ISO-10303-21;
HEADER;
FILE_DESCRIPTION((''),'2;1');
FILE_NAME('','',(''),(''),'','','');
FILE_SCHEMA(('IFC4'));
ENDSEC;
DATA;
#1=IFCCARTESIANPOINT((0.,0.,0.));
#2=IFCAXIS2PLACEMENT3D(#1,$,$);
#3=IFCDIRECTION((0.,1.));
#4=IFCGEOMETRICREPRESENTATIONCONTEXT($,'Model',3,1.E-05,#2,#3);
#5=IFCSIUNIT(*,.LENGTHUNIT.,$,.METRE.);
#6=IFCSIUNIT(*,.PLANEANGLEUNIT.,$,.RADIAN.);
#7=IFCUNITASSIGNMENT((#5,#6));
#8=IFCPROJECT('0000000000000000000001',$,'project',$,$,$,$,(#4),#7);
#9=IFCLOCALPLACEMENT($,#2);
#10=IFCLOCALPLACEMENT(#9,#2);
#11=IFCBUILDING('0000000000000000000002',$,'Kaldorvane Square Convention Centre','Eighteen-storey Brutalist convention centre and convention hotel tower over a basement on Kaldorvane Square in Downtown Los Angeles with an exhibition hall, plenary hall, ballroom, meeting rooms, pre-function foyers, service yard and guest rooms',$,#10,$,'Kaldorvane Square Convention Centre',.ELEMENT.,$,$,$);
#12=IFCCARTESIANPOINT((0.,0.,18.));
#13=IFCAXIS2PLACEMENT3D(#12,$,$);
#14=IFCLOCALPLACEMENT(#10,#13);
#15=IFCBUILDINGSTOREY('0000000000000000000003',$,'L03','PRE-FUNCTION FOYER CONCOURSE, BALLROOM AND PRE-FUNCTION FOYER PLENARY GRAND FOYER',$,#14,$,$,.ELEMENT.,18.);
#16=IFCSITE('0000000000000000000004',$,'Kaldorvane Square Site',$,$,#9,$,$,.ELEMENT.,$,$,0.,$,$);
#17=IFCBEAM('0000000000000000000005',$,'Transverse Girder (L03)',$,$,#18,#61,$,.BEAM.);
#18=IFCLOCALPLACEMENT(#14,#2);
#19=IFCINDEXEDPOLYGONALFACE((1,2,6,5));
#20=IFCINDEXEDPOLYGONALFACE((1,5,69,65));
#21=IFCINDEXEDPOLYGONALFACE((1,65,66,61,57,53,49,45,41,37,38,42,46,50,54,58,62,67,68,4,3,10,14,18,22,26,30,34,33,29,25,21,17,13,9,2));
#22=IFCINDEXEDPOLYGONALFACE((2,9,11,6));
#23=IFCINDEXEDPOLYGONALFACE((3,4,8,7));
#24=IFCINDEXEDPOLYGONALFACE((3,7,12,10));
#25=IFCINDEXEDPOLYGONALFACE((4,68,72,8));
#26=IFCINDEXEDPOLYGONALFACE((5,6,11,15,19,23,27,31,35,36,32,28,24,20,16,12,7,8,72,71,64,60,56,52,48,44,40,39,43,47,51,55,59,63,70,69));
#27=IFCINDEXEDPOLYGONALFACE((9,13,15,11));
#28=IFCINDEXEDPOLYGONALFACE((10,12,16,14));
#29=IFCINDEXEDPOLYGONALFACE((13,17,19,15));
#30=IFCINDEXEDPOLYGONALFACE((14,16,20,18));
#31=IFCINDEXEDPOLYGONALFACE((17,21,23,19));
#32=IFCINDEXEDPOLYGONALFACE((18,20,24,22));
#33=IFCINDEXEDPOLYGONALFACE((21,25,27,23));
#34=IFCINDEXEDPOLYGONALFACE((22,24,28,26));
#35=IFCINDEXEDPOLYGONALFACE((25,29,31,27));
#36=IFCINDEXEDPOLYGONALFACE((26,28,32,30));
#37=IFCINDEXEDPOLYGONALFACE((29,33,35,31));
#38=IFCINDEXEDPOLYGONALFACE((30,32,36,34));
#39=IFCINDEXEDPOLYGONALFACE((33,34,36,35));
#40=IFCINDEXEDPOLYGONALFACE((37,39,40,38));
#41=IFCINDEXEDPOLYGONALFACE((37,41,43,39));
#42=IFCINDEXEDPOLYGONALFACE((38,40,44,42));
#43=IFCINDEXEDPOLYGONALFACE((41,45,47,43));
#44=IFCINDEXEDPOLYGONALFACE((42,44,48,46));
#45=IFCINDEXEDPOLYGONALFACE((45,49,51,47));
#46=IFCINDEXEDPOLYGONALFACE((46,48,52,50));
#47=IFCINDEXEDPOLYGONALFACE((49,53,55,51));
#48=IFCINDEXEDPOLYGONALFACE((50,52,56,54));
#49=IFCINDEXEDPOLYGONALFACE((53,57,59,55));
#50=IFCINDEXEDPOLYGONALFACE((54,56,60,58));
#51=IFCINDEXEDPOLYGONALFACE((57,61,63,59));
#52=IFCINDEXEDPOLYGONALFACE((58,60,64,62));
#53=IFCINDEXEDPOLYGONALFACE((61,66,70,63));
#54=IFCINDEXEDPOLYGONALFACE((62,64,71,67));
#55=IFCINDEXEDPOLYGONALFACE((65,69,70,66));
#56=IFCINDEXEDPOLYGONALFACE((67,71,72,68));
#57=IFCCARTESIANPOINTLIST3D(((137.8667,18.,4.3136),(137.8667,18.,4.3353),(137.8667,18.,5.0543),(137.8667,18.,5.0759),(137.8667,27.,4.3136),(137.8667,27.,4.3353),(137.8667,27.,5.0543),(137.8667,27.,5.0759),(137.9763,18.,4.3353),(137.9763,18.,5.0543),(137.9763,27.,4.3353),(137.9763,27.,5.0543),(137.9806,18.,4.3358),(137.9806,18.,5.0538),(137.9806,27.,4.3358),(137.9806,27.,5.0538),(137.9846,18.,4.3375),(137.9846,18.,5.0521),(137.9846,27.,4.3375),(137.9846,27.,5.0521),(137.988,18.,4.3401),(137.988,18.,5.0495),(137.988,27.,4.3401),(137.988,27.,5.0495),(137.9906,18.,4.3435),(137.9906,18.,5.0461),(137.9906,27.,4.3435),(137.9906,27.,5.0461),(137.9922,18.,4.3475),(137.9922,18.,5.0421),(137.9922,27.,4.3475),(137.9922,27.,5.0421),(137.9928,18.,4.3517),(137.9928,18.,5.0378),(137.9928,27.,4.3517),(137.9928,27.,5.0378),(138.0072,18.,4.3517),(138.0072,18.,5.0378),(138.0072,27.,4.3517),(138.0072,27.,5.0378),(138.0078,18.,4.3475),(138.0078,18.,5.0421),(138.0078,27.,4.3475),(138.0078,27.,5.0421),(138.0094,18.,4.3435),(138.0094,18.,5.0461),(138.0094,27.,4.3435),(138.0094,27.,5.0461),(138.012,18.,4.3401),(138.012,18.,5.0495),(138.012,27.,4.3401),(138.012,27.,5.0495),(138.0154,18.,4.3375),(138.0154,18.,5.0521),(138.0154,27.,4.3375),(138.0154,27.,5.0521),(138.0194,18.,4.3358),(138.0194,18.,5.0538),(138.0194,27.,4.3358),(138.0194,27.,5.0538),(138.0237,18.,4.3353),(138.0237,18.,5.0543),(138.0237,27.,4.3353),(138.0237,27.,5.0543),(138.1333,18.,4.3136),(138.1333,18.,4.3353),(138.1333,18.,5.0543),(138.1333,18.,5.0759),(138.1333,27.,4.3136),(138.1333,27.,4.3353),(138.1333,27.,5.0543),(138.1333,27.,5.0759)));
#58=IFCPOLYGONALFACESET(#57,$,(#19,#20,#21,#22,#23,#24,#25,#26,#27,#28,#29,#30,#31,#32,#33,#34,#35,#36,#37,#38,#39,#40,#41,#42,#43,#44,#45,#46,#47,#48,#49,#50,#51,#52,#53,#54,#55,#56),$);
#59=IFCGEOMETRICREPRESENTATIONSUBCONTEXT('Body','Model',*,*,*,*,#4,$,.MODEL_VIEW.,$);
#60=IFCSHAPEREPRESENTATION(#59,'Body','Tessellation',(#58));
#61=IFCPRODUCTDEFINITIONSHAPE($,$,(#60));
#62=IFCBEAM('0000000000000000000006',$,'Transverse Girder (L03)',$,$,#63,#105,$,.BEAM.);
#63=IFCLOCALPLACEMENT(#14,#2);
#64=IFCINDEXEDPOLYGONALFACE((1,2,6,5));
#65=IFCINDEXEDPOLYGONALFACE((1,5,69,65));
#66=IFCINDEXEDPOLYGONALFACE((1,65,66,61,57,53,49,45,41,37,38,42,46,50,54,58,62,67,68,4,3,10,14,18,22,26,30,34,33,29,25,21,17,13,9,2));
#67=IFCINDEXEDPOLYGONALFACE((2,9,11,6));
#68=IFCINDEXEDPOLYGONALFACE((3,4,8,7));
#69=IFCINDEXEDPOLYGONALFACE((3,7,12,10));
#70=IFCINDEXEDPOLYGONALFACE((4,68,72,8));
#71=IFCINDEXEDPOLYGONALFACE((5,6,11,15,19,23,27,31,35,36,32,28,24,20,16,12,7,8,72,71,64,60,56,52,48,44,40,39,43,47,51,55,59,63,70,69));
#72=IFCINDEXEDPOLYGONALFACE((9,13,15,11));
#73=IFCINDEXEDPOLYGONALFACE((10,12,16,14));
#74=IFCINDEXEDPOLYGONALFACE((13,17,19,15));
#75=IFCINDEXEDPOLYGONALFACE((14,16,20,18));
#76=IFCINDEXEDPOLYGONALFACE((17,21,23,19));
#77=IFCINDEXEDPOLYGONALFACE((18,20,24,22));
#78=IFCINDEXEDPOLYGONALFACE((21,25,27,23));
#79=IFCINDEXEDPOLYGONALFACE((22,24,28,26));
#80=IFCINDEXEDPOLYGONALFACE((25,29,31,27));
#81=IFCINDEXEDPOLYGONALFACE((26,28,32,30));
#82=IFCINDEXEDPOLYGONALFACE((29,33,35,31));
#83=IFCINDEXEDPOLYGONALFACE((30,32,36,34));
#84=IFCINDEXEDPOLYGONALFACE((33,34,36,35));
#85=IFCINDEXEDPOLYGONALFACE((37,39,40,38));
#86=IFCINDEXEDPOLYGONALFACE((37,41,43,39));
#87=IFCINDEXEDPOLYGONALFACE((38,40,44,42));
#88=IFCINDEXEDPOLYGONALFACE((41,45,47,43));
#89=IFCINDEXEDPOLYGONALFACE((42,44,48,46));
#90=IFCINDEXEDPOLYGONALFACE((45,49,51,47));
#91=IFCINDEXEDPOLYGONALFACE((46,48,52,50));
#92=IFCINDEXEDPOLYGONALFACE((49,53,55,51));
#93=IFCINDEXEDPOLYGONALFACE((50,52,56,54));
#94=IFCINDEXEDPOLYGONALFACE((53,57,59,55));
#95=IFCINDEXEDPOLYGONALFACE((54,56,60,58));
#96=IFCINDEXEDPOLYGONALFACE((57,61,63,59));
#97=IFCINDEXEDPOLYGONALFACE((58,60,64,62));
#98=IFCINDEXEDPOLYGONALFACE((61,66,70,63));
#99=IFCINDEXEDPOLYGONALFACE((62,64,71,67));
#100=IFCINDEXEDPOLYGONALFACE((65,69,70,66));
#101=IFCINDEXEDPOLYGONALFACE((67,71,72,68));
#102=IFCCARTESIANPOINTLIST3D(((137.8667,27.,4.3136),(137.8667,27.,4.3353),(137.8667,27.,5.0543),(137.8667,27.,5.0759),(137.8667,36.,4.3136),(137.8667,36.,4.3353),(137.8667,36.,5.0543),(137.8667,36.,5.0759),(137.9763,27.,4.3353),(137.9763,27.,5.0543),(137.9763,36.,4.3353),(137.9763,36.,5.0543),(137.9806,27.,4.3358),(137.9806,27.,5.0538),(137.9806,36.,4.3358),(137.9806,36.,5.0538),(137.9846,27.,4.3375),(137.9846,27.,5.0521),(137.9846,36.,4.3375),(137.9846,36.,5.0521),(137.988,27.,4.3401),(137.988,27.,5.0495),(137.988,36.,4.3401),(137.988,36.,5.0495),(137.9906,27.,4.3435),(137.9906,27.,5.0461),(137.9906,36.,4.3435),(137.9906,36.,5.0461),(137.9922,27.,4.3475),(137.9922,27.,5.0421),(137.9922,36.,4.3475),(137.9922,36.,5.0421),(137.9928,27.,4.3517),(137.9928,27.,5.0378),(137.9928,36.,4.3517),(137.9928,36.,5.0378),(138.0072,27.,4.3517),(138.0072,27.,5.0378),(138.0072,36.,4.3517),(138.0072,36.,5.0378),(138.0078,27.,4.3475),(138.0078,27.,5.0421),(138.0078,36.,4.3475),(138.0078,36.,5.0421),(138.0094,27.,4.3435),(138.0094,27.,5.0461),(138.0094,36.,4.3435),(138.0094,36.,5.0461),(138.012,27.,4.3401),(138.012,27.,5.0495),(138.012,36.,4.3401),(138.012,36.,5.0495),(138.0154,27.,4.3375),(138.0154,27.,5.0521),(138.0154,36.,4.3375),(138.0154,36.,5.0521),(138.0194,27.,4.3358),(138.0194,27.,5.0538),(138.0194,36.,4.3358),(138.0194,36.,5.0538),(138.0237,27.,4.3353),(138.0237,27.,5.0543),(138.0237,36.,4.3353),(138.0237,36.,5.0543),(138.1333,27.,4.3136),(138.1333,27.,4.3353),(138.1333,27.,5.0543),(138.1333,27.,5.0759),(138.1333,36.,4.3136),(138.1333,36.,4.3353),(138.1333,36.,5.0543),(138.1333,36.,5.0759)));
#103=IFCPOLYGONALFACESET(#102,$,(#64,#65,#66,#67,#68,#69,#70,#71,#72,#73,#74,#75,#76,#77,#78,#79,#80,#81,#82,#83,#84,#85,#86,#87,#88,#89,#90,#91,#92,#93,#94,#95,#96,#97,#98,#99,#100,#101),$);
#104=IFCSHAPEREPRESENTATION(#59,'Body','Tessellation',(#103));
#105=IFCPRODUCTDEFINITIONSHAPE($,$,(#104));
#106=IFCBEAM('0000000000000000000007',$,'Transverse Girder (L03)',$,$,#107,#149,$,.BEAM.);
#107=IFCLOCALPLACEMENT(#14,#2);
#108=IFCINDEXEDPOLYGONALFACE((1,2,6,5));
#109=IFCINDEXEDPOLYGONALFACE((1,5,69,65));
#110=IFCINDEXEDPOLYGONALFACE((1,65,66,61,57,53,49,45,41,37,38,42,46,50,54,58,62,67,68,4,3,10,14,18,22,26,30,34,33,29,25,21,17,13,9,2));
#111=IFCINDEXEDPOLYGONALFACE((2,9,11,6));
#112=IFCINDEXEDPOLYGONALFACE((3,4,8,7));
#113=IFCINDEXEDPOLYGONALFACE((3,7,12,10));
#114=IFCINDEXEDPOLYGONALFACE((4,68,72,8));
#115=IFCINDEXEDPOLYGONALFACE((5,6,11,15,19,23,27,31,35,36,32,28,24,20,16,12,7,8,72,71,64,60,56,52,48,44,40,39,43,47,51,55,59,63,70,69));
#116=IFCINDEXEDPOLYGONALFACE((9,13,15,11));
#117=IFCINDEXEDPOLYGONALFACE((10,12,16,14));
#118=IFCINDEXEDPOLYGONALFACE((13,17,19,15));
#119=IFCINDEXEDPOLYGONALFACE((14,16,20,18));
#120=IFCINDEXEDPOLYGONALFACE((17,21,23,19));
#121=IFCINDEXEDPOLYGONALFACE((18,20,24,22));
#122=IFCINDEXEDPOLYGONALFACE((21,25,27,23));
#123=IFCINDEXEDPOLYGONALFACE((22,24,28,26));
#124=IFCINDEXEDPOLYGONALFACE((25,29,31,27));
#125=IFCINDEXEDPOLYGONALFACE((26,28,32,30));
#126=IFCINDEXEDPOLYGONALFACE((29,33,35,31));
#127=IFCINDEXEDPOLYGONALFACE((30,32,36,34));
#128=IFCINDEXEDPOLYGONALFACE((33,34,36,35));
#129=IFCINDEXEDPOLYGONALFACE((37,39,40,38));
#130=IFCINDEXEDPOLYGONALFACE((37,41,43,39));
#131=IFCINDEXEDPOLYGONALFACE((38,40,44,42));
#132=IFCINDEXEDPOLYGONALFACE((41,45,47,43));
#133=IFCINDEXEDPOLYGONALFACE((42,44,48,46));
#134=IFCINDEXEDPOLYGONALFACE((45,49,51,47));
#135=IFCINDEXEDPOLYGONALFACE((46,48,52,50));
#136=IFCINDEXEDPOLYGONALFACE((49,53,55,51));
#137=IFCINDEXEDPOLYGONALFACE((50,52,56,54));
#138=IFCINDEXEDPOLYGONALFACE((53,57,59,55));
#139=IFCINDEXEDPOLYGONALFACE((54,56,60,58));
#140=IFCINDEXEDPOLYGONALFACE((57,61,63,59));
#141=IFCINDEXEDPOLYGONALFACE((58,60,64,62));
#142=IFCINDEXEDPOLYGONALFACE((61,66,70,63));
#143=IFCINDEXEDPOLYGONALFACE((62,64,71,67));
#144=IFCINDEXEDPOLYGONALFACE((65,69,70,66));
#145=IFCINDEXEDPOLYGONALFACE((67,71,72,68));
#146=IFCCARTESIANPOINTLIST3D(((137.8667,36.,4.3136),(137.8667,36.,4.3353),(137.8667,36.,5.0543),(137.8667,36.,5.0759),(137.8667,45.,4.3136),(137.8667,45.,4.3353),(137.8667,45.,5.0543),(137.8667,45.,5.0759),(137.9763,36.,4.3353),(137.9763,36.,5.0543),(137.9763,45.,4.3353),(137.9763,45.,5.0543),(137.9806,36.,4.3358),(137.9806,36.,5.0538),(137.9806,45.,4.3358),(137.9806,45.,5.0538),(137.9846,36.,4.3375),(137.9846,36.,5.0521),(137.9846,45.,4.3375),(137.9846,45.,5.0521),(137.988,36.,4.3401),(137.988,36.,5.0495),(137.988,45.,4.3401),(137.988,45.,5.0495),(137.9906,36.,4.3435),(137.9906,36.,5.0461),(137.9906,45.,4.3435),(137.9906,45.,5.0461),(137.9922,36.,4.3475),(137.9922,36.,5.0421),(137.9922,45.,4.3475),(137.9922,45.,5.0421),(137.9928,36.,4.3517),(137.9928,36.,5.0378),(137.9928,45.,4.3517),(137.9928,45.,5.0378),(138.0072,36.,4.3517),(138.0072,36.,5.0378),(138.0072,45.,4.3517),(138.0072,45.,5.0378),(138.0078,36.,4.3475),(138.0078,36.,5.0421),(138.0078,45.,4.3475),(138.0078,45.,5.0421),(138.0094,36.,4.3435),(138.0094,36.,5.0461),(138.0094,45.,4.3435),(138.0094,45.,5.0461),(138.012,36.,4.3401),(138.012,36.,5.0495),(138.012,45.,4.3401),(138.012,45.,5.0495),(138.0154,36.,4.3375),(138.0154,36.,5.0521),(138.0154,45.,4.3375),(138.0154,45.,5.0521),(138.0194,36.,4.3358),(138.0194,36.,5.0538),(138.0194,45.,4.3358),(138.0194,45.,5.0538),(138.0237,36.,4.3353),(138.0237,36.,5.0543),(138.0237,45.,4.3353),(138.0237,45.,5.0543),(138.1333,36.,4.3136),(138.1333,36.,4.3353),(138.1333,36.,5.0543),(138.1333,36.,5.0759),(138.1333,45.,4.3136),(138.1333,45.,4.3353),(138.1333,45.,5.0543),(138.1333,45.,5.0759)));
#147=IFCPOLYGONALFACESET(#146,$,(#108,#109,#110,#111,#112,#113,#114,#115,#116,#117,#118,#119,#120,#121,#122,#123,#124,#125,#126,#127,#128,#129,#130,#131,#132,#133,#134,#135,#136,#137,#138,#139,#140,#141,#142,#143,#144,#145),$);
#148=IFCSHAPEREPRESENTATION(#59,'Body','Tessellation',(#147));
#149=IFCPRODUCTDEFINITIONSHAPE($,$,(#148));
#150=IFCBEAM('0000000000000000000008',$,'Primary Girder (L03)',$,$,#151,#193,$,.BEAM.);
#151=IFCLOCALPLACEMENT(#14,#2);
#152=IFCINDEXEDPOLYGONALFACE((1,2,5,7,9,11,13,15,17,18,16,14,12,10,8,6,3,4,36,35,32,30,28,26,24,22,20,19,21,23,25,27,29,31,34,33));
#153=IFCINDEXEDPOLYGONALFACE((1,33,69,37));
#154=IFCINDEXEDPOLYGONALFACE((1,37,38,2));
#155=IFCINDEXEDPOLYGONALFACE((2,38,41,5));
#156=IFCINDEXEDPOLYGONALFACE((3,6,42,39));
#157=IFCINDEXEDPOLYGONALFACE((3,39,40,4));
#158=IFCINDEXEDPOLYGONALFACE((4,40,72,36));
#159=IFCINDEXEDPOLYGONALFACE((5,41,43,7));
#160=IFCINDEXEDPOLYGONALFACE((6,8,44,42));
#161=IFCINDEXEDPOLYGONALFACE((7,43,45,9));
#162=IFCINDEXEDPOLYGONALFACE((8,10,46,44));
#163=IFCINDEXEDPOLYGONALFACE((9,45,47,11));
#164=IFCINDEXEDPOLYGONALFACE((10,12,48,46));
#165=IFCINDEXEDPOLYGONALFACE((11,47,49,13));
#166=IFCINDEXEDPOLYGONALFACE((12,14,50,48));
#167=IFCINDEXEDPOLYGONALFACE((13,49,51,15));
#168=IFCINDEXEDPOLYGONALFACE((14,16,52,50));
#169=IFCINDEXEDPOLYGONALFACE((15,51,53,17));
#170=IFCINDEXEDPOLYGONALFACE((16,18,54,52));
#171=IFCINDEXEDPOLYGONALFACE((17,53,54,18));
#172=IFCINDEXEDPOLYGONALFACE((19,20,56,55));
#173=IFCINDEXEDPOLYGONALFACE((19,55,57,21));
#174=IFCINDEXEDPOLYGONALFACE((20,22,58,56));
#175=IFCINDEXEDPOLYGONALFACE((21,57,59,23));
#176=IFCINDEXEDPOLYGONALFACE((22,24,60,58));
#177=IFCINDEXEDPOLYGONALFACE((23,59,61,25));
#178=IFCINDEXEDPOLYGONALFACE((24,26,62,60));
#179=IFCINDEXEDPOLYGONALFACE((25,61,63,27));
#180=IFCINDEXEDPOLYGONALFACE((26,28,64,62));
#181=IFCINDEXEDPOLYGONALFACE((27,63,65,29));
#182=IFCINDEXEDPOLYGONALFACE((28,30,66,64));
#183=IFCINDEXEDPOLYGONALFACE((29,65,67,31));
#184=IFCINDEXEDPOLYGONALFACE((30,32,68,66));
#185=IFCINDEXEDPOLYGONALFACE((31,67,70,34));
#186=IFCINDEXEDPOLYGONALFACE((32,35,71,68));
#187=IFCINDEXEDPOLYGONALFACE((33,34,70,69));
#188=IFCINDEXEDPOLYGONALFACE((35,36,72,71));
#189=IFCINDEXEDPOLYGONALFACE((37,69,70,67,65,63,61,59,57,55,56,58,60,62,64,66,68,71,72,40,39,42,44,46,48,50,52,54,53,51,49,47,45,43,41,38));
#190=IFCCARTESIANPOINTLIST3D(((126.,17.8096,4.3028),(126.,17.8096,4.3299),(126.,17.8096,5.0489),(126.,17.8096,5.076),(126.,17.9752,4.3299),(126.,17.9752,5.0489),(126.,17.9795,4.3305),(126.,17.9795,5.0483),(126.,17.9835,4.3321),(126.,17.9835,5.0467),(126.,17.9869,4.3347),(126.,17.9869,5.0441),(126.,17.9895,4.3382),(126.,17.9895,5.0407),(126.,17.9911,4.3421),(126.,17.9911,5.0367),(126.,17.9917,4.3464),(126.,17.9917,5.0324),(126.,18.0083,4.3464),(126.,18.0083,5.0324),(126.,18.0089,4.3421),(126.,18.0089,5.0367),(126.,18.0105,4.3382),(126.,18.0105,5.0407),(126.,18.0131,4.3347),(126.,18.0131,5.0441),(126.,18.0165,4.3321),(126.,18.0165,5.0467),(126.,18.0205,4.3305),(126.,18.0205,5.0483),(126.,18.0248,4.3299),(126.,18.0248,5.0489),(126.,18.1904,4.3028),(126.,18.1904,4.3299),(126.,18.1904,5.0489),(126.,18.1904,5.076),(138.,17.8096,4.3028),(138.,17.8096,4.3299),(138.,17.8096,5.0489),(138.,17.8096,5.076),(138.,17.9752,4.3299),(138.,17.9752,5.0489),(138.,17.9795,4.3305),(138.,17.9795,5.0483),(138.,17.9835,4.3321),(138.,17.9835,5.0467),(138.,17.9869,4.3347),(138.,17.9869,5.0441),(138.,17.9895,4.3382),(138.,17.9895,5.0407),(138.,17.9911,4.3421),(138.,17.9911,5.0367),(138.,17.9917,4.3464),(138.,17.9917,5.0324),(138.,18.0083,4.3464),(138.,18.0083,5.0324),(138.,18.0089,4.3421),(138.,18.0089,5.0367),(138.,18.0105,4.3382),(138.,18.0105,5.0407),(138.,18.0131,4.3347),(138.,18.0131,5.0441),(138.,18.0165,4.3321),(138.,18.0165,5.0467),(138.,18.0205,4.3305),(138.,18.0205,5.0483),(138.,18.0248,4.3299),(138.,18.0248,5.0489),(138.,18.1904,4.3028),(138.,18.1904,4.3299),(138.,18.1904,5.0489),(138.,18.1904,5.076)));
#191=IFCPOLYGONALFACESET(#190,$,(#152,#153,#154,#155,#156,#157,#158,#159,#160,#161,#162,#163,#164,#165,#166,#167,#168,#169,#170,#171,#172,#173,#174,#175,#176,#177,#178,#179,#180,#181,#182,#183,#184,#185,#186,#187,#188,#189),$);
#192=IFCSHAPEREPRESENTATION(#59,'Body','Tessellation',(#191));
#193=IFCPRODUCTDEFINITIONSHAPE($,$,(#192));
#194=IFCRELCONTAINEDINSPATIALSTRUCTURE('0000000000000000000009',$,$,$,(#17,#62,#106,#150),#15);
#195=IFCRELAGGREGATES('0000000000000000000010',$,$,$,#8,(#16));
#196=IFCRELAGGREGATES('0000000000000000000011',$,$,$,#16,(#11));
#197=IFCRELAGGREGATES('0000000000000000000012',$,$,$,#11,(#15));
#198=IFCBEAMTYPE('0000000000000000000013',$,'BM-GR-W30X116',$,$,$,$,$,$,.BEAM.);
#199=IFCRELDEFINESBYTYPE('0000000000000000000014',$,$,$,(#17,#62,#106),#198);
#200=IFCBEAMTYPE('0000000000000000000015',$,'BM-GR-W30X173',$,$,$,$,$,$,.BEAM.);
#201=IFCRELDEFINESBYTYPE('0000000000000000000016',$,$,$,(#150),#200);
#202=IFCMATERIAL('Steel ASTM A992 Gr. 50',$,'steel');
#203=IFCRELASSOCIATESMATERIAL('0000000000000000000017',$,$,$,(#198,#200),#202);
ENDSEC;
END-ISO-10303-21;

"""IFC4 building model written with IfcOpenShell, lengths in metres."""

from ifc_helpers import new_model, si_unit, direction, frame, origin, origin_2d, place, context, subcontext, project, spatial, i_section, extrude, material, material_profile, profile_set, type_object, element, save


model = new_model("IFC4")

# Units and contexts
model_context = context("Model", 3, precision=1e-05, world=origin(), true_north=direction((0.0, 1.0)))
body_context = subcontext(model_context, "Body", "Model", "MODEL_VIEW")
ifc_project = project(units=[si_unit("LENGTHUNIT", "METRE"), si_unit("PLANEANGLEUNIT", "RADIAN")], contexts=[model_context])

# Site, building, storey
site_placement = place(None, origin())
site = spatial("IfcSite", under=ifc_project, at=site_placement, Name="Kaldorvane Square Site", CompositionType="ELEMENT", RefElevation=0.0)
building_placement = place(site_placement, origin())
building = spatial("IfcBuilding", under=site, at=building_placement, Name="Kaldorvane Square Convention Centre", Description="Eighteen-storey Brutalist convention centre and convention hotel tower over a basement on Kaldorvane Square in Downtown Los Angeles with an exhibition hall, plenary hall, ballroom, meeting rooms, pre-function foyers, service yard and guest rooms", LongName="Kaldorvane Square Convention Centre", CompositionType="ELEMENT")
storey_placement = place(building_placement, frame((0.0, 0.0, 18.0)))
storey = spatial("IfcBuildingStorey", under=building, at=storey_placement, Name="L03", Description="PRE-FUNCTION FOYER CONCOURSE, BALLROOM AND PRE-FUNCTION FOYER PLENARY GRAND FOYER", CompositionType="ELEMENT", Elevation=18.0)

# Shared definitions
ifc_material_1 = material(Name="Steel ASTM A992 Gr. 50", Category="steel")

# Beams
ifc_material_profile_1 = material_profile(ifc_material_1, i_section(OverallWidth=0.2666, OverallDepth=0.7623, WebThickness=0.0144, FlangeThickness=0.0216, FilletRadius=0.0165, at=origin_2d()), Name="W30X116")
ifc_profile_set_1 = profile_set([ifc_material_profile_1], Name="Steel ASTM A992 Gr. 50")
beam_type_1 = type_object("IfcBeamType", Name="BM-GR-W30X116", PredefinedType="BEAM", material=ifc_profile_set_1)
for number, where, z_axis, x_axis, name in (
    (1, (138.0, 18.0, 4.6948), (0.0, 1.0, 0.0), (-1.0, 0.0, 0.0), "Transverse Girder (L03)"),
    (2, (138.0, 27.0, 4.6948), (0.0, 1.0, 0.0), (-1.0, 0.0, 0.0), "Transverse Girder (L03)"),
    (3, (138.0, 36.0, 4.6948), (0.0, 1.0, 0.0), (-1.0, 0.0, 0.0), "Transverse Girder (L03)"),
):
    element("IfcBeam", number, at=place(storey_placement, frame(where, z_axis=z_axis, x_axis=x_axis)), inside=storey, type_object=beam_type_1, Name=name, PredefinedType="BEAM", context=body_context, shape_type="SweptSolid", body=[
        extrude(i_section(OverallWidth=0.2666, OverallDepth=0.7623, WebThickness=0.0144, FlangeThickness=0.0216, FilletRadius=0.0165, at=origin_2d()), origin(), (0.0, 0.0, 1.0), 9.0),
    ])
ifc_material_profile_2 = material_profile(ifc_material_1, i_section(OverallWidth=0.3807, OverallDepth=0.7732, WebThickness=0.0166, FlangeThickness=0.0271, FilletRadius=0.0165, at=origin_2d()), Name="W30X173")
ifc_profile_set_2 = profile_set([ifc_material_profile_2], Name="Steel ASTM A992 Gr. 50")
beam_type_2 = type_object("IfcBeamType", Name="BM-GR-W30X173", PredefinedType="BEAM", material=ifc_profile_set_2)
for number, where, z_axis, x_axis, name in (
    (4, (126.0, 18.0, 4.6894), (1.0, 0.0, 0.0), (0.0, 1.0, 0.0), "Primary Girder (L03)"),
):
    element("IfcBeam", number, at=place(storey_placement, frame(where, z_axis=z_axis, x_axis=x_axis)), inside=storey, type_object=beam_type_2, Name=name, PredefinedType="BEAM", context=body_context, shape_type="SweptSolid", body=[
        extrude(i_section(OverallWidth=0.3807, OverallDepth=0.7732, WebThickness=0.0166, FlangeThickness=0.0271, FilletRadius=0.0165, at=origin_2d()), origin(), (0.0, 0.0, 1.0), 12.0),
    ])

save(model, "model.ifc")
